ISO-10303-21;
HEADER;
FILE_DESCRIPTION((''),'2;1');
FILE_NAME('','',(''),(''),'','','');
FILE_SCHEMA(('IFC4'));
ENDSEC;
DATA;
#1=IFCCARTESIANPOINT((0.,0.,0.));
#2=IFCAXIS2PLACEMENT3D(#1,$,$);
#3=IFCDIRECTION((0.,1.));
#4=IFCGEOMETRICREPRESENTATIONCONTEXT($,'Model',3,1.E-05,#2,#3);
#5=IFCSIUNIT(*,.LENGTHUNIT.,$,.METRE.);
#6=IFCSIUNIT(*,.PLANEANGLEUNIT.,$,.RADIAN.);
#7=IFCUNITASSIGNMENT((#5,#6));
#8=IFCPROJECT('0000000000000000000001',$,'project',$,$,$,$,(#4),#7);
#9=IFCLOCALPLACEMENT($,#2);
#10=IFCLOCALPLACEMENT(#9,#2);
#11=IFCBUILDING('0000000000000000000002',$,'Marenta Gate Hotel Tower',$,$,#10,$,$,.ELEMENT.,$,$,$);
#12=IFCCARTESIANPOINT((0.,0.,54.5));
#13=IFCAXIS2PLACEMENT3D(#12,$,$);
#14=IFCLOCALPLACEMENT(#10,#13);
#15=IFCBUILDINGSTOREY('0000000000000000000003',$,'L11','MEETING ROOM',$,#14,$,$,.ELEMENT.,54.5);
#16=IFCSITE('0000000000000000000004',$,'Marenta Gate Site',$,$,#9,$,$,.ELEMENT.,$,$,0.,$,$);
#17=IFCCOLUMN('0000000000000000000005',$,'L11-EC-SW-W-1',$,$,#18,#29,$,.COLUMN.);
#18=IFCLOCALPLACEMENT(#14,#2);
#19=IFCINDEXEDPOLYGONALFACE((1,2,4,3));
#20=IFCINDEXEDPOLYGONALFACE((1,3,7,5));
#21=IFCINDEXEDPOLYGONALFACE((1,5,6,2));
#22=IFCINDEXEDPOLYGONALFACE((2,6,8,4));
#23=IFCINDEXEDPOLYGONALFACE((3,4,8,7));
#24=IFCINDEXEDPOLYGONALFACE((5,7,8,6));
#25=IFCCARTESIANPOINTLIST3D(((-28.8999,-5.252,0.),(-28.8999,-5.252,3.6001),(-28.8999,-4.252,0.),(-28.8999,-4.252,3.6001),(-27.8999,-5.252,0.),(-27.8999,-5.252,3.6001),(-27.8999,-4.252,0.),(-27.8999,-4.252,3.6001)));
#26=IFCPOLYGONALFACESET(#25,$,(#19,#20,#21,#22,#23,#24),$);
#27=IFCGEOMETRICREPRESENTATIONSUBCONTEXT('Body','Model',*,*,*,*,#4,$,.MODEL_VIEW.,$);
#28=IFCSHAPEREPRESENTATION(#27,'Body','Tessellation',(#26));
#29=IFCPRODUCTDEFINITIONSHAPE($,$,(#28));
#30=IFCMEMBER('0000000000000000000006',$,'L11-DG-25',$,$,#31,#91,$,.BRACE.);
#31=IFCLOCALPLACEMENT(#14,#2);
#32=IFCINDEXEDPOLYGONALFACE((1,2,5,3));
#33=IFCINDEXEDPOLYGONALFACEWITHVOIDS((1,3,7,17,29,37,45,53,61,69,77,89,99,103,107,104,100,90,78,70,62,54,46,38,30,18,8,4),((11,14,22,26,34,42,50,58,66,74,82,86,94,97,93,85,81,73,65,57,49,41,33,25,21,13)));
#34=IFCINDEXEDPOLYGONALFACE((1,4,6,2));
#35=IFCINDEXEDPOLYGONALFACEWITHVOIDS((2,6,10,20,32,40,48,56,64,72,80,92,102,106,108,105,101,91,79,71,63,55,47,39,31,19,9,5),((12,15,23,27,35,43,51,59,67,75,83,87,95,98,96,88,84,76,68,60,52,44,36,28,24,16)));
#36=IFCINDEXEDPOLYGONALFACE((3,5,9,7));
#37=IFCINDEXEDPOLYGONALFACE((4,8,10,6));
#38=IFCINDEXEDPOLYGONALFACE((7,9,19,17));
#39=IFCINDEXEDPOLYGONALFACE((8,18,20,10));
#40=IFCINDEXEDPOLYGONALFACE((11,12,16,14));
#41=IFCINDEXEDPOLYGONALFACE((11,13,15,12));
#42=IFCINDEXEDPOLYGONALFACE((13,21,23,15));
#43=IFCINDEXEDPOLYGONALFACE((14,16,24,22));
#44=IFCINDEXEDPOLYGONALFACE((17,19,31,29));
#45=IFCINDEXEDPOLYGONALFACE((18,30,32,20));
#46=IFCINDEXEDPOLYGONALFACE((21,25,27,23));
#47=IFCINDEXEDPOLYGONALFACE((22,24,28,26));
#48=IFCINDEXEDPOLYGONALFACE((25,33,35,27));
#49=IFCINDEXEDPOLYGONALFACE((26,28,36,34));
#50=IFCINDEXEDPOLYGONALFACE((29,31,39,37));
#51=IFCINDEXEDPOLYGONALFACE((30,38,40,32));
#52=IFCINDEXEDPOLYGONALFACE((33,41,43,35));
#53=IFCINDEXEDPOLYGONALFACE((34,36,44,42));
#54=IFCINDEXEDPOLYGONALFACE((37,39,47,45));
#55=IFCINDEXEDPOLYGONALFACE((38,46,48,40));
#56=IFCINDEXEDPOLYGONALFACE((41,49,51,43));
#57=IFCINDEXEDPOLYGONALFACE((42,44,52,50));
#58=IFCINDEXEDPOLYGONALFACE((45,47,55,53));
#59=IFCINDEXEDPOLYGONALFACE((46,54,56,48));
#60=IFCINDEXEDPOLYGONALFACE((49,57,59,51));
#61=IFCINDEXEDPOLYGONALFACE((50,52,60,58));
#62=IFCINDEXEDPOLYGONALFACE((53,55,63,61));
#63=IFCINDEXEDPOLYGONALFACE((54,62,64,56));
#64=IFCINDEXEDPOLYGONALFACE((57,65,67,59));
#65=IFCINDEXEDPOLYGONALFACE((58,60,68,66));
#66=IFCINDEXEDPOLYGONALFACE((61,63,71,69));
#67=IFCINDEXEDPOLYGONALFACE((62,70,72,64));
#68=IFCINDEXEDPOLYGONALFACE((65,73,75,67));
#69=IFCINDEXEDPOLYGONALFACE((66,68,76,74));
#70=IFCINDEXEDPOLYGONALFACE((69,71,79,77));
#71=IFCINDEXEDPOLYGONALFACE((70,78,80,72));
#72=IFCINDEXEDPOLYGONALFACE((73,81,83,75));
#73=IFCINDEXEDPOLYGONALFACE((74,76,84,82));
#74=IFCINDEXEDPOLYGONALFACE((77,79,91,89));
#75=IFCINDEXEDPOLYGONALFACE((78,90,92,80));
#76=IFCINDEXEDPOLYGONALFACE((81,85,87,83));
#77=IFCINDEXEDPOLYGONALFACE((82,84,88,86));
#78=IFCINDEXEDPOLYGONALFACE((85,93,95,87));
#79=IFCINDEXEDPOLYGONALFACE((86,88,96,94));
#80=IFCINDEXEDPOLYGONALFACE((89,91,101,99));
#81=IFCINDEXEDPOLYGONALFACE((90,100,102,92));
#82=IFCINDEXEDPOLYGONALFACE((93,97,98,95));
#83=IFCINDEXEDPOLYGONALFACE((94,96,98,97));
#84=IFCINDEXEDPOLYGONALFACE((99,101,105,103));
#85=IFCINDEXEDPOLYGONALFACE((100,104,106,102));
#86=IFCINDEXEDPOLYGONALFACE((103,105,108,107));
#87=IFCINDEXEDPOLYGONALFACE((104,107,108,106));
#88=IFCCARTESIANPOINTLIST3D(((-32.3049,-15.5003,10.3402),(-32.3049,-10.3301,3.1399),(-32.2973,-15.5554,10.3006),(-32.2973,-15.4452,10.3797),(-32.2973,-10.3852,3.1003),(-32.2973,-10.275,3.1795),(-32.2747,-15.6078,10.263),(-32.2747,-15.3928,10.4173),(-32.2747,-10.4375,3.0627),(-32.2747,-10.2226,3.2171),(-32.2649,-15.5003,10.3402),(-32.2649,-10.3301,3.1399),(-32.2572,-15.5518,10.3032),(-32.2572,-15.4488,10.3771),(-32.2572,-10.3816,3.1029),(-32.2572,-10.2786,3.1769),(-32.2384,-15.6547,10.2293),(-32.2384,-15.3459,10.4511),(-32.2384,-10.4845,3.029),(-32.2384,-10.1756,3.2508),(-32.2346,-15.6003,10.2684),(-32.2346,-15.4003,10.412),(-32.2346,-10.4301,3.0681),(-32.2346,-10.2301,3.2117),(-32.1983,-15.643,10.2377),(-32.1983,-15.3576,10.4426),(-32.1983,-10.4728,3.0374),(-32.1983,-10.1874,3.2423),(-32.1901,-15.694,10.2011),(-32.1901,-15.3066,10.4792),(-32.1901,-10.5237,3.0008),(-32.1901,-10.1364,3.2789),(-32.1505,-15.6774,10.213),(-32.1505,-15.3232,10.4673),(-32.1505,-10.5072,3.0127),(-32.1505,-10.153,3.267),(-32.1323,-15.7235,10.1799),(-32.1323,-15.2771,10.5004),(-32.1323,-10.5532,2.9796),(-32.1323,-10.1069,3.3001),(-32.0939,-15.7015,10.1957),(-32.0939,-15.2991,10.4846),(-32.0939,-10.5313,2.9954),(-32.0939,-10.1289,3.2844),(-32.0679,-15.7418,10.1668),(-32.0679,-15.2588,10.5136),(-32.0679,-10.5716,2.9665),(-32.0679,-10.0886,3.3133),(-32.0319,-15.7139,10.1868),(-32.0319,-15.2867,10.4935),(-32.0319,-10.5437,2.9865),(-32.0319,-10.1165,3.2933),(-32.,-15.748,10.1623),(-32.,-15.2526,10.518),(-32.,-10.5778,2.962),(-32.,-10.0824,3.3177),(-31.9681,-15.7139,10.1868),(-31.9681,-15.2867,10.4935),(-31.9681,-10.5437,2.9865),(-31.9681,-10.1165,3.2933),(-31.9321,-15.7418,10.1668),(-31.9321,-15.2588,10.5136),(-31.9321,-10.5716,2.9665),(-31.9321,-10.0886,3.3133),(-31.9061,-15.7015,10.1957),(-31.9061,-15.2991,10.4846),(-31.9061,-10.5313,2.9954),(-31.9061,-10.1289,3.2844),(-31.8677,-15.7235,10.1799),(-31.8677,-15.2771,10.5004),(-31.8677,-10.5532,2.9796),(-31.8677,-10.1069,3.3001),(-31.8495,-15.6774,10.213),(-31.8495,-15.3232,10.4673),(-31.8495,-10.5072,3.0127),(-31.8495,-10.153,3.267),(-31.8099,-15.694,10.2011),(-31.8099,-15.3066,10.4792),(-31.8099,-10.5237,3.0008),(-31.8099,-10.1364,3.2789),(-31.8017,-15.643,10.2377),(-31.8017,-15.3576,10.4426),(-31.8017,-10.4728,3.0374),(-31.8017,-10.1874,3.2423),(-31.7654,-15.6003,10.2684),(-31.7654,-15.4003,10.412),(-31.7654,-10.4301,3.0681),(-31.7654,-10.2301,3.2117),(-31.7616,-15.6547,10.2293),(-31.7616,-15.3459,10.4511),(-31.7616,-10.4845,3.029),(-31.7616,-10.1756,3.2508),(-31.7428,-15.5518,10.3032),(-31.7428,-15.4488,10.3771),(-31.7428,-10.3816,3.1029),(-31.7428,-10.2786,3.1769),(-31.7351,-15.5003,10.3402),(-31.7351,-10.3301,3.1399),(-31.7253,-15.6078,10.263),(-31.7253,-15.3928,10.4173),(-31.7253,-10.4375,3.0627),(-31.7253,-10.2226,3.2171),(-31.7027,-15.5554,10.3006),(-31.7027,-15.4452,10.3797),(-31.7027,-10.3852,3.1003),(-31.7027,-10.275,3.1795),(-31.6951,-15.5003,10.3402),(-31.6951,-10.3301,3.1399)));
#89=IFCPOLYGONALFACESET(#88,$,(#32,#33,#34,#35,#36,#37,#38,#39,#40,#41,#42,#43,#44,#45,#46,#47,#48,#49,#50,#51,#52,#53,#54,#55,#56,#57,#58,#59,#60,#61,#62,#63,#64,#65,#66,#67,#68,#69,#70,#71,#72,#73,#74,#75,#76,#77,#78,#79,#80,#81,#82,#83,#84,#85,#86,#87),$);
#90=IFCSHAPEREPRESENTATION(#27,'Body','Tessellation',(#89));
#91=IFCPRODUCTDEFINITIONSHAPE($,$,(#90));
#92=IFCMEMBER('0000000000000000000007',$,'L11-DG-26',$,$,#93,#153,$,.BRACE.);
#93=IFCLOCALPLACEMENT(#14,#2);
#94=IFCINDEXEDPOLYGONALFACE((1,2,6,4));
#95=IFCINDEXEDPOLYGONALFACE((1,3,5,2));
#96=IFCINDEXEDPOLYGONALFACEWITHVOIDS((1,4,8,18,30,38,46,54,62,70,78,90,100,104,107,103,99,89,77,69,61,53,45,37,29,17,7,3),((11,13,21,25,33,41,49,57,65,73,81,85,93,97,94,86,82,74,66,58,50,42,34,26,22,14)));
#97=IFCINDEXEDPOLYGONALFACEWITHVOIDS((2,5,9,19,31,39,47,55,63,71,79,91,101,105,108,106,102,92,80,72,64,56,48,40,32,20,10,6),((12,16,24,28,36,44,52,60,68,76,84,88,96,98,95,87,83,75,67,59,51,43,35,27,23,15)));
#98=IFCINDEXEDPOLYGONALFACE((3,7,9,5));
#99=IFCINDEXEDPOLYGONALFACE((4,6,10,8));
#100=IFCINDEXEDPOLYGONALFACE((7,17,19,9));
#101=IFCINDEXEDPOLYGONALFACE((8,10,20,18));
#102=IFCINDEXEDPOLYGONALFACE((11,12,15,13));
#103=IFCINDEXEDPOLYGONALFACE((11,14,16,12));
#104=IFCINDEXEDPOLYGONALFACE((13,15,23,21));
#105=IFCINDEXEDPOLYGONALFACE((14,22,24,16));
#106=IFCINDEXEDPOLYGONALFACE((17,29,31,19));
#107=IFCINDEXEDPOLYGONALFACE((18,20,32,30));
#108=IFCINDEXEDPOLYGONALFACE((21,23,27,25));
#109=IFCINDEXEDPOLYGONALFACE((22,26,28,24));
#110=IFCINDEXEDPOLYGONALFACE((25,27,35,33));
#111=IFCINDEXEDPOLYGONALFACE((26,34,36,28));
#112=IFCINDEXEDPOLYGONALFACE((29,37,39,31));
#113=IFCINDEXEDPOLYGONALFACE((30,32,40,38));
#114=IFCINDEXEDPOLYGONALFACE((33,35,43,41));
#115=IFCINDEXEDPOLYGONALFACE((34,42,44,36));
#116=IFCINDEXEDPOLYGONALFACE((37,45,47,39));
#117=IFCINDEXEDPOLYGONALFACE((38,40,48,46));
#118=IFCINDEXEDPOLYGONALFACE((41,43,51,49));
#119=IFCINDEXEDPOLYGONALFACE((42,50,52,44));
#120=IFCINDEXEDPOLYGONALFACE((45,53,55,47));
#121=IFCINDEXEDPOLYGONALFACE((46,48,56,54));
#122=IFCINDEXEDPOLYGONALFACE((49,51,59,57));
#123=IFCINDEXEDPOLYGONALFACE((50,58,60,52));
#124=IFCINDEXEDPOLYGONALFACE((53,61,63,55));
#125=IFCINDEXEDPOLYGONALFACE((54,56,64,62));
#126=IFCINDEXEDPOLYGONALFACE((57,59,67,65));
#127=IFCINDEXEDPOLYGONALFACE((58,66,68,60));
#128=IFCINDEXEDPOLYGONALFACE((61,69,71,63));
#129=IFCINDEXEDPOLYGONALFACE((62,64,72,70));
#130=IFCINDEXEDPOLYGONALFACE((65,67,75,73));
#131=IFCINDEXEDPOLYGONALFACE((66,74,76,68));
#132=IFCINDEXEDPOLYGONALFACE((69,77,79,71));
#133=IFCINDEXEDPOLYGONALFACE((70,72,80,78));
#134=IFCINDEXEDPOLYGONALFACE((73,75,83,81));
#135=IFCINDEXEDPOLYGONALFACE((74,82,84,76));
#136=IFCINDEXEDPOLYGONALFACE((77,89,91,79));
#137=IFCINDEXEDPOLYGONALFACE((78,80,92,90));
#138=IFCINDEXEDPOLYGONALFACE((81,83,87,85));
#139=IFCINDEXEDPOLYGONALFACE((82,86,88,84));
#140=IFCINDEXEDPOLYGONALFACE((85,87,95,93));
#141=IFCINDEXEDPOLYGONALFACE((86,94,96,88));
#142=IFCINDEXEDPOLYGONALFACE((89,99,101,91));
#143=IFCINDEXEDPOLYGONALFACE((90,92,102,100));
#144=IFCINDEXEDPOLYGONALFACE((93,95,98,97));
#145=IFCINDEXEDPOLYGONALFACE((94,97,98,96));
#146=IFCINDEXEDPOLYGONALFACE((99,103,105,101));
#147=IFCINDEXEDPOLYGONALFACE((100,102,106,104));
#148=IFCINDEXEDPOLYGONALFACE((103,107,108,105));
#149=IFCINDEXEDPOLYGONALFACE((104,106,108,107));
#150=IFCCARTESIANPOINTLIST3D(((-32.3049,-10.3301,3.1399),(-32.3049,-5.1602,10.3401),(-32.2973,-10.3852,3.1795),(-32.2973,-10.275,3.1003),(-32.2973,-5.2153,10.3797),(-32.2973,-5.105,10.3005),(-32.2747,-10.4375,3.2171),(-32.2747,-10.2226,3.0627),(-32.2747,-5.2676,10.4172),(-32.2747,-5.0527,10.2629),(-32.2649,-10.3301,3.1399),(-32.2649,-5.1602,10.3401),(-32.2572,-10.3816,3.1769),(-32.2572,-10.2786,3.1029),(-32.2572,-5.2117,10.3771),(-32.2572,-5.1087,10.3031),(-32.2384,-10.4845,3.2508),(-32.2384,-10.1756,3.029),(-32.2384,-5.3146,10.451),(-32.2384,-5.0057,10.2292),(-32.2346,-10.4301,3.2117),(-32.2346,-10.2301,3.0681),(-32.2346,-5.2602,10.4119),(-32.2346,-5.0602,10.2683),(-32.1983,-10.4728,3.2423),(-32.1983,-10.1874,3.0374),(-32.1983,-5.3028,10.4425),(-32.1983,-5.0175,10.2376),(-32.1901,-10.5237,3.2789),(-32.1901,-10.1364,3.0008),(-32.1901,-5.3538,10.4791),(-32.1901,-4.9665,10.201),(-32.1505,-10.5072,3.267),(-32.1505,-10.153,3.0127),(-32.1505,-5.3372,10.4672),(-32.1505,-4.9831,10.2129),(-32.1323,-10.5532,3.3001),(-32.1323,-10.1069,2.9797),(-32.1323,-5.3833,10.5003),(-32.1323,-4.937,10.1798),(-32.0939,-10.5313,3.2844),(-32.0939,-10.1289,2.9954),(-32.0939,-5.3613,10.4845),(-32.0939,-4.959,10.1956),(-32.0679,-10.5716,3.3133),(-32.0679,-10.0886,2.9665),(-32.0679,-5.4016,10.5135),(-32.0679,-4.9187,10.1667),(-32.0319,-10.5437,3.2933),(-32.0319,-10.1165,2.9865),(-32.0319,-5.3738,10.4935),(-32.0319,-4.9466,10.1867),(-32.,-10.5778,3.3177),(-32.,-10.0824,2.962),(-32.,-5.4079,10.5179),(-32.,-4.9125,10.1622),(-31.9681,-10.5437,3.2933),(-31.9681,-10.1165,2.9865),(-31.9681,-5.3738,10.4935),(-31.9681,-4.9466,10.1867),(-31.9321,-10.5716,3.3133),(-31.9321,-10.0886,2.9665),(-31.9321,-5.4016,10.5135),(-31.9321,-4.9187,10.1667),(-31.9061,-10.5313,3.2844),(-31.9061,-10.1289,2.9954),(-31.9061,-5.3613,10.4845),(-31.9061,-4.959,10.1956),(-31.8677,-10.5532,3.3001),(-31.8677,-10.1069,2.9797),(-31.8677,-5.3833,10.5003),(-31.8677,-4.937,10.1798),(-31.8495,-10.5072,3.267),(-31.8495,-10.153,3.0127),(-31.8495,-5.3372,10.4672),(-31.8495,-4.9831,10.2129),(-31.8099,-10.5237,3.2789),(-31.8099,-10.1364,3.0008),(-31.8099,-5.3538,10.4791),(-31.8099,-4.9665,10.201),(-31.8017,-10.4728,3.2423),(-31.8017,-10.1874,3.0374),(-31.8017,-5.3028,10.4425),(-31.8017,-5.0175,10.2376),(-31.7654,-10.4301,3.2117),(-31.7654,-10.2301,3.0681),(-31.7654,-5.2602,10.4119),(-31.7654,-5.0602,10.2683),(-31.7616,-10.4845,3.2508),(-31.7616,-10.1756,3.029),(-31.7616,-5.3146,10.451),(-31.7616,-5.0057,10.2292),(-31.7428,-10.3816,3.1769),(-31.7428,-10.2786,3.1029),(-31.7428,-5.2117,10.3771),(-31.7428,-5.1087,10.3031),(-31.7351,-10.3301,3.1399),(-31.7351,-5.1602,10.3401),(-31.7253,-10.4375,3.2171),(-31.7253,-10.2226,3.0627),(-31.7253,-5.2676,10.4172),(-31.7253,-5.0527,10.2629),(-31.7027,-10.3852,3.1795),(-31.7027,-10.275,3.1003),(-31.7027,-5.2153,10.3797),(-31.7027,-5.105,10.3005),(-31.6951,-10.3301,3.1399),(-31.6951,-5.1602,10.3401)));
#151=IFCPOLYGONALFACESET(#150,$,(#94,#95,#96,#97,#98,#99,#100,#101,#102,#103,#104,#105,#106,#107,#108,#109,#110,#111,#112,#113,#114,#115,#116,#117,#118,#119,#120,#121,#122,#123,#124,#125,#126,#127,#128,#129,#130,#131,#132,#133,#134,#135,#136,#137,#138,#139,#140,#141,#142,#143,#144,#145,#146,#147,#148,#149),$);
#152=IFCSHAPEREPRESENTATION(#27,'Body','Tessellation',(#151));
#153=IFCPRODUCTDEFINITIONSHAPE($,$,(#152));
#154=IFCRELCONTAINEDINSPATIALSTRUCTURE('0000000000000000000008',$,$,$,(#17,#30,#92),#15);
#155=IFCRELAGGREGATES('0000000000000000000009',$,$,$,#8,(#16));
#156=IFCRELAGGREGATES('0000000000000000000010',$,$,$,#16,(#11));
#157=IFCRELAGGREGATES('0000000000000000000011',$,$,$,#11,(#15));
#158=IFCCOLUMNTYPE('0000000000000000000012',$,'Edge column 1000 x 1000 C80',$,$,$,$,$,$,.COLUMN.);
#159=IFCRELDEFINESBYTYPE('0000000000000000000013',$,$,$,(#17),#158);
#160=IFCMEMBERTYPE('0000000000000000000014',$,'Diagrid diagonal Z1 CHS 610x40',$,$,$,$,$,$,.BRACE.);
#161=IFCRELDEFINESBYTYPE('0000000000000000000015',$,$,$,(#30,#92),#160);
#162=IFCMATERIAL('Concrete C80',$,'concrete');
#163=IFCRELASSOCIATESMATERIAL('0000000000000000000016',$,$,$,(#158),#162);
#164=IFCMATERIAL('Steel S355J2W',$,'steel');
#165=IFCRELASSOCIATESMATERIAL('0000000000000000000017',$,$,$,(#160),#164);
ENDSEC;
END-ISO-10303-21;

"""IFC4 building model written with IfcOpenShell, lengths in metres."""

from ifc_helpers import new_model, si_unit, direction, frame, origin, origin_2d, place, context, subcontext, project, spatial, rectangle, hollow_circle, extrude, material, material_profile, profile_set, type_object, element, save


model = new_model("IFC4")

# Units and contexts
model_context = context("Model", 3, precision=1e-05, world=origin(), true_north=direction((0.0, 1.0)))
body_context = subcontext(model_context, "Body", "Model", "MODEL_VIEW")
ifc_project = project(units=[si_unit("LENGTHUNIT", "METRE"), si_unit("PLANEANGLEUNIT", "RADIAN")], contexts=[model_context])

# Site, building, storey
site_placement = place(None, origin())
site = spatial("IfcSite", under=ifc_project, at=site_placement, Name="Marenta Gate Site", CompositionType="ELEMENT", RefElevation=0.0)
building_placement = place(site_placement, origin())
building = spatial("IfcBuilding", under=site, at=building_placement, Name="Marenta Gate Hotel Tower", CompositionType="ELEMENT")
storey_placement = place(building_placement, frame((0.0, 0.0, 54.5)))
storey = spatial("IfcBuildingStorey", under=building, at=storey_placement, Name="L11", Description="MEETING ROOM", CompositionType="ELEMENT", Elevation=54.5)

# Column
ifc_material_1 = material(Name="Concrete C80", Category="concrete")
ifc_material_profile_1 = material_profile(ifc_material_1, rectangle(XDim=1.0, YDim=1.0, at=origin_2d()), Name="1000 x 1000")
ifc_profile_set_1 = profile_set([ifc_material_profile_1], Name="Concrete C80")
column_type = type_object("IfcColumnType", Name="Edge column 1000 x 1000 C80", PredefinedType="COLUMN", material=ifc_profile_set_1)
column_placement = place(storey_placement, frame((-28.3999, -4.752, 0.0), z_axis=(0.0, 0.0, 1.0), x_axis=(1.0, 0.0, 0.0)))
element("IfcColumn", 1, at=column_placement, inside=storey, type_object=column_type, Name="L11-EC-SW-W-1", PredefinedType="COLUMN", context=body_context, shape_type="SweptSolid", body=[
    extrude(rectangle(XDim=1.0, YDim=1.0, at=origin_2d()), origin(), (0.0, 0.0, 1.0), 3.6001),
])

# Members
ifc_material_2 = material(Name="Steel S355J2W", Category="steel")
ifc_material_profile_2 = material_profile(ifc_material_2, hollow_circle(Radius=0.3049, WallThickness=0.04, at=origin_2d()), Name="CHS 610x40")
ifc_profile_set_2 = profile_set([ifc_material_profile_2], Name="Steel S355J2W")
member_type_1 = type_object("IfcMemberType", Name="Diagrid diagonal Z1 CHS 610x40", PredefinedType="BRACE", material=ifc_profile_set_2)
member_1_placement = place(storey_placement, frame((-32.0, -10.3301, 3.1399), z_axis=(0.0, -0.583266, 0.812281), x_axis=(1.0, 0.0, 0.0)))
element("IfcMember", 2, at=member_1_placement, inside=storey, type_object=member_type_1, Name="L11-DG-25", PredefinedType="BRACE", context=body_context, shape_type="SweptSolid", body=[
    extrude(hollow_circle(Radius=0.3049, WallThickness=0.04, at=origin_2d()), origin(), (0.0, 0.0, 1.0), 8.8643),
])
member_2_placement = place(storey_placement, frame((-32.0, -10.3301, 3.1399), z_axis=(0.0, 0.583248, 0.812294), x_axis=(-1.0, 0.0, 0.0)))
element("IfcMember", 3, at=member_2_placement, inside=storey, type_object=member_type_1, Name="L11-DG-26", PredefinedType="BRACE", context=body_context, shape_type="SweptSolid", body=[
    extrude(hollow_circle(Radius=0.3049, WallThickness=0.04, at=origin_2d()), origin(), (0.0, 0.0, 1.0), 8.864),
])

save(model, "model.ifc")
